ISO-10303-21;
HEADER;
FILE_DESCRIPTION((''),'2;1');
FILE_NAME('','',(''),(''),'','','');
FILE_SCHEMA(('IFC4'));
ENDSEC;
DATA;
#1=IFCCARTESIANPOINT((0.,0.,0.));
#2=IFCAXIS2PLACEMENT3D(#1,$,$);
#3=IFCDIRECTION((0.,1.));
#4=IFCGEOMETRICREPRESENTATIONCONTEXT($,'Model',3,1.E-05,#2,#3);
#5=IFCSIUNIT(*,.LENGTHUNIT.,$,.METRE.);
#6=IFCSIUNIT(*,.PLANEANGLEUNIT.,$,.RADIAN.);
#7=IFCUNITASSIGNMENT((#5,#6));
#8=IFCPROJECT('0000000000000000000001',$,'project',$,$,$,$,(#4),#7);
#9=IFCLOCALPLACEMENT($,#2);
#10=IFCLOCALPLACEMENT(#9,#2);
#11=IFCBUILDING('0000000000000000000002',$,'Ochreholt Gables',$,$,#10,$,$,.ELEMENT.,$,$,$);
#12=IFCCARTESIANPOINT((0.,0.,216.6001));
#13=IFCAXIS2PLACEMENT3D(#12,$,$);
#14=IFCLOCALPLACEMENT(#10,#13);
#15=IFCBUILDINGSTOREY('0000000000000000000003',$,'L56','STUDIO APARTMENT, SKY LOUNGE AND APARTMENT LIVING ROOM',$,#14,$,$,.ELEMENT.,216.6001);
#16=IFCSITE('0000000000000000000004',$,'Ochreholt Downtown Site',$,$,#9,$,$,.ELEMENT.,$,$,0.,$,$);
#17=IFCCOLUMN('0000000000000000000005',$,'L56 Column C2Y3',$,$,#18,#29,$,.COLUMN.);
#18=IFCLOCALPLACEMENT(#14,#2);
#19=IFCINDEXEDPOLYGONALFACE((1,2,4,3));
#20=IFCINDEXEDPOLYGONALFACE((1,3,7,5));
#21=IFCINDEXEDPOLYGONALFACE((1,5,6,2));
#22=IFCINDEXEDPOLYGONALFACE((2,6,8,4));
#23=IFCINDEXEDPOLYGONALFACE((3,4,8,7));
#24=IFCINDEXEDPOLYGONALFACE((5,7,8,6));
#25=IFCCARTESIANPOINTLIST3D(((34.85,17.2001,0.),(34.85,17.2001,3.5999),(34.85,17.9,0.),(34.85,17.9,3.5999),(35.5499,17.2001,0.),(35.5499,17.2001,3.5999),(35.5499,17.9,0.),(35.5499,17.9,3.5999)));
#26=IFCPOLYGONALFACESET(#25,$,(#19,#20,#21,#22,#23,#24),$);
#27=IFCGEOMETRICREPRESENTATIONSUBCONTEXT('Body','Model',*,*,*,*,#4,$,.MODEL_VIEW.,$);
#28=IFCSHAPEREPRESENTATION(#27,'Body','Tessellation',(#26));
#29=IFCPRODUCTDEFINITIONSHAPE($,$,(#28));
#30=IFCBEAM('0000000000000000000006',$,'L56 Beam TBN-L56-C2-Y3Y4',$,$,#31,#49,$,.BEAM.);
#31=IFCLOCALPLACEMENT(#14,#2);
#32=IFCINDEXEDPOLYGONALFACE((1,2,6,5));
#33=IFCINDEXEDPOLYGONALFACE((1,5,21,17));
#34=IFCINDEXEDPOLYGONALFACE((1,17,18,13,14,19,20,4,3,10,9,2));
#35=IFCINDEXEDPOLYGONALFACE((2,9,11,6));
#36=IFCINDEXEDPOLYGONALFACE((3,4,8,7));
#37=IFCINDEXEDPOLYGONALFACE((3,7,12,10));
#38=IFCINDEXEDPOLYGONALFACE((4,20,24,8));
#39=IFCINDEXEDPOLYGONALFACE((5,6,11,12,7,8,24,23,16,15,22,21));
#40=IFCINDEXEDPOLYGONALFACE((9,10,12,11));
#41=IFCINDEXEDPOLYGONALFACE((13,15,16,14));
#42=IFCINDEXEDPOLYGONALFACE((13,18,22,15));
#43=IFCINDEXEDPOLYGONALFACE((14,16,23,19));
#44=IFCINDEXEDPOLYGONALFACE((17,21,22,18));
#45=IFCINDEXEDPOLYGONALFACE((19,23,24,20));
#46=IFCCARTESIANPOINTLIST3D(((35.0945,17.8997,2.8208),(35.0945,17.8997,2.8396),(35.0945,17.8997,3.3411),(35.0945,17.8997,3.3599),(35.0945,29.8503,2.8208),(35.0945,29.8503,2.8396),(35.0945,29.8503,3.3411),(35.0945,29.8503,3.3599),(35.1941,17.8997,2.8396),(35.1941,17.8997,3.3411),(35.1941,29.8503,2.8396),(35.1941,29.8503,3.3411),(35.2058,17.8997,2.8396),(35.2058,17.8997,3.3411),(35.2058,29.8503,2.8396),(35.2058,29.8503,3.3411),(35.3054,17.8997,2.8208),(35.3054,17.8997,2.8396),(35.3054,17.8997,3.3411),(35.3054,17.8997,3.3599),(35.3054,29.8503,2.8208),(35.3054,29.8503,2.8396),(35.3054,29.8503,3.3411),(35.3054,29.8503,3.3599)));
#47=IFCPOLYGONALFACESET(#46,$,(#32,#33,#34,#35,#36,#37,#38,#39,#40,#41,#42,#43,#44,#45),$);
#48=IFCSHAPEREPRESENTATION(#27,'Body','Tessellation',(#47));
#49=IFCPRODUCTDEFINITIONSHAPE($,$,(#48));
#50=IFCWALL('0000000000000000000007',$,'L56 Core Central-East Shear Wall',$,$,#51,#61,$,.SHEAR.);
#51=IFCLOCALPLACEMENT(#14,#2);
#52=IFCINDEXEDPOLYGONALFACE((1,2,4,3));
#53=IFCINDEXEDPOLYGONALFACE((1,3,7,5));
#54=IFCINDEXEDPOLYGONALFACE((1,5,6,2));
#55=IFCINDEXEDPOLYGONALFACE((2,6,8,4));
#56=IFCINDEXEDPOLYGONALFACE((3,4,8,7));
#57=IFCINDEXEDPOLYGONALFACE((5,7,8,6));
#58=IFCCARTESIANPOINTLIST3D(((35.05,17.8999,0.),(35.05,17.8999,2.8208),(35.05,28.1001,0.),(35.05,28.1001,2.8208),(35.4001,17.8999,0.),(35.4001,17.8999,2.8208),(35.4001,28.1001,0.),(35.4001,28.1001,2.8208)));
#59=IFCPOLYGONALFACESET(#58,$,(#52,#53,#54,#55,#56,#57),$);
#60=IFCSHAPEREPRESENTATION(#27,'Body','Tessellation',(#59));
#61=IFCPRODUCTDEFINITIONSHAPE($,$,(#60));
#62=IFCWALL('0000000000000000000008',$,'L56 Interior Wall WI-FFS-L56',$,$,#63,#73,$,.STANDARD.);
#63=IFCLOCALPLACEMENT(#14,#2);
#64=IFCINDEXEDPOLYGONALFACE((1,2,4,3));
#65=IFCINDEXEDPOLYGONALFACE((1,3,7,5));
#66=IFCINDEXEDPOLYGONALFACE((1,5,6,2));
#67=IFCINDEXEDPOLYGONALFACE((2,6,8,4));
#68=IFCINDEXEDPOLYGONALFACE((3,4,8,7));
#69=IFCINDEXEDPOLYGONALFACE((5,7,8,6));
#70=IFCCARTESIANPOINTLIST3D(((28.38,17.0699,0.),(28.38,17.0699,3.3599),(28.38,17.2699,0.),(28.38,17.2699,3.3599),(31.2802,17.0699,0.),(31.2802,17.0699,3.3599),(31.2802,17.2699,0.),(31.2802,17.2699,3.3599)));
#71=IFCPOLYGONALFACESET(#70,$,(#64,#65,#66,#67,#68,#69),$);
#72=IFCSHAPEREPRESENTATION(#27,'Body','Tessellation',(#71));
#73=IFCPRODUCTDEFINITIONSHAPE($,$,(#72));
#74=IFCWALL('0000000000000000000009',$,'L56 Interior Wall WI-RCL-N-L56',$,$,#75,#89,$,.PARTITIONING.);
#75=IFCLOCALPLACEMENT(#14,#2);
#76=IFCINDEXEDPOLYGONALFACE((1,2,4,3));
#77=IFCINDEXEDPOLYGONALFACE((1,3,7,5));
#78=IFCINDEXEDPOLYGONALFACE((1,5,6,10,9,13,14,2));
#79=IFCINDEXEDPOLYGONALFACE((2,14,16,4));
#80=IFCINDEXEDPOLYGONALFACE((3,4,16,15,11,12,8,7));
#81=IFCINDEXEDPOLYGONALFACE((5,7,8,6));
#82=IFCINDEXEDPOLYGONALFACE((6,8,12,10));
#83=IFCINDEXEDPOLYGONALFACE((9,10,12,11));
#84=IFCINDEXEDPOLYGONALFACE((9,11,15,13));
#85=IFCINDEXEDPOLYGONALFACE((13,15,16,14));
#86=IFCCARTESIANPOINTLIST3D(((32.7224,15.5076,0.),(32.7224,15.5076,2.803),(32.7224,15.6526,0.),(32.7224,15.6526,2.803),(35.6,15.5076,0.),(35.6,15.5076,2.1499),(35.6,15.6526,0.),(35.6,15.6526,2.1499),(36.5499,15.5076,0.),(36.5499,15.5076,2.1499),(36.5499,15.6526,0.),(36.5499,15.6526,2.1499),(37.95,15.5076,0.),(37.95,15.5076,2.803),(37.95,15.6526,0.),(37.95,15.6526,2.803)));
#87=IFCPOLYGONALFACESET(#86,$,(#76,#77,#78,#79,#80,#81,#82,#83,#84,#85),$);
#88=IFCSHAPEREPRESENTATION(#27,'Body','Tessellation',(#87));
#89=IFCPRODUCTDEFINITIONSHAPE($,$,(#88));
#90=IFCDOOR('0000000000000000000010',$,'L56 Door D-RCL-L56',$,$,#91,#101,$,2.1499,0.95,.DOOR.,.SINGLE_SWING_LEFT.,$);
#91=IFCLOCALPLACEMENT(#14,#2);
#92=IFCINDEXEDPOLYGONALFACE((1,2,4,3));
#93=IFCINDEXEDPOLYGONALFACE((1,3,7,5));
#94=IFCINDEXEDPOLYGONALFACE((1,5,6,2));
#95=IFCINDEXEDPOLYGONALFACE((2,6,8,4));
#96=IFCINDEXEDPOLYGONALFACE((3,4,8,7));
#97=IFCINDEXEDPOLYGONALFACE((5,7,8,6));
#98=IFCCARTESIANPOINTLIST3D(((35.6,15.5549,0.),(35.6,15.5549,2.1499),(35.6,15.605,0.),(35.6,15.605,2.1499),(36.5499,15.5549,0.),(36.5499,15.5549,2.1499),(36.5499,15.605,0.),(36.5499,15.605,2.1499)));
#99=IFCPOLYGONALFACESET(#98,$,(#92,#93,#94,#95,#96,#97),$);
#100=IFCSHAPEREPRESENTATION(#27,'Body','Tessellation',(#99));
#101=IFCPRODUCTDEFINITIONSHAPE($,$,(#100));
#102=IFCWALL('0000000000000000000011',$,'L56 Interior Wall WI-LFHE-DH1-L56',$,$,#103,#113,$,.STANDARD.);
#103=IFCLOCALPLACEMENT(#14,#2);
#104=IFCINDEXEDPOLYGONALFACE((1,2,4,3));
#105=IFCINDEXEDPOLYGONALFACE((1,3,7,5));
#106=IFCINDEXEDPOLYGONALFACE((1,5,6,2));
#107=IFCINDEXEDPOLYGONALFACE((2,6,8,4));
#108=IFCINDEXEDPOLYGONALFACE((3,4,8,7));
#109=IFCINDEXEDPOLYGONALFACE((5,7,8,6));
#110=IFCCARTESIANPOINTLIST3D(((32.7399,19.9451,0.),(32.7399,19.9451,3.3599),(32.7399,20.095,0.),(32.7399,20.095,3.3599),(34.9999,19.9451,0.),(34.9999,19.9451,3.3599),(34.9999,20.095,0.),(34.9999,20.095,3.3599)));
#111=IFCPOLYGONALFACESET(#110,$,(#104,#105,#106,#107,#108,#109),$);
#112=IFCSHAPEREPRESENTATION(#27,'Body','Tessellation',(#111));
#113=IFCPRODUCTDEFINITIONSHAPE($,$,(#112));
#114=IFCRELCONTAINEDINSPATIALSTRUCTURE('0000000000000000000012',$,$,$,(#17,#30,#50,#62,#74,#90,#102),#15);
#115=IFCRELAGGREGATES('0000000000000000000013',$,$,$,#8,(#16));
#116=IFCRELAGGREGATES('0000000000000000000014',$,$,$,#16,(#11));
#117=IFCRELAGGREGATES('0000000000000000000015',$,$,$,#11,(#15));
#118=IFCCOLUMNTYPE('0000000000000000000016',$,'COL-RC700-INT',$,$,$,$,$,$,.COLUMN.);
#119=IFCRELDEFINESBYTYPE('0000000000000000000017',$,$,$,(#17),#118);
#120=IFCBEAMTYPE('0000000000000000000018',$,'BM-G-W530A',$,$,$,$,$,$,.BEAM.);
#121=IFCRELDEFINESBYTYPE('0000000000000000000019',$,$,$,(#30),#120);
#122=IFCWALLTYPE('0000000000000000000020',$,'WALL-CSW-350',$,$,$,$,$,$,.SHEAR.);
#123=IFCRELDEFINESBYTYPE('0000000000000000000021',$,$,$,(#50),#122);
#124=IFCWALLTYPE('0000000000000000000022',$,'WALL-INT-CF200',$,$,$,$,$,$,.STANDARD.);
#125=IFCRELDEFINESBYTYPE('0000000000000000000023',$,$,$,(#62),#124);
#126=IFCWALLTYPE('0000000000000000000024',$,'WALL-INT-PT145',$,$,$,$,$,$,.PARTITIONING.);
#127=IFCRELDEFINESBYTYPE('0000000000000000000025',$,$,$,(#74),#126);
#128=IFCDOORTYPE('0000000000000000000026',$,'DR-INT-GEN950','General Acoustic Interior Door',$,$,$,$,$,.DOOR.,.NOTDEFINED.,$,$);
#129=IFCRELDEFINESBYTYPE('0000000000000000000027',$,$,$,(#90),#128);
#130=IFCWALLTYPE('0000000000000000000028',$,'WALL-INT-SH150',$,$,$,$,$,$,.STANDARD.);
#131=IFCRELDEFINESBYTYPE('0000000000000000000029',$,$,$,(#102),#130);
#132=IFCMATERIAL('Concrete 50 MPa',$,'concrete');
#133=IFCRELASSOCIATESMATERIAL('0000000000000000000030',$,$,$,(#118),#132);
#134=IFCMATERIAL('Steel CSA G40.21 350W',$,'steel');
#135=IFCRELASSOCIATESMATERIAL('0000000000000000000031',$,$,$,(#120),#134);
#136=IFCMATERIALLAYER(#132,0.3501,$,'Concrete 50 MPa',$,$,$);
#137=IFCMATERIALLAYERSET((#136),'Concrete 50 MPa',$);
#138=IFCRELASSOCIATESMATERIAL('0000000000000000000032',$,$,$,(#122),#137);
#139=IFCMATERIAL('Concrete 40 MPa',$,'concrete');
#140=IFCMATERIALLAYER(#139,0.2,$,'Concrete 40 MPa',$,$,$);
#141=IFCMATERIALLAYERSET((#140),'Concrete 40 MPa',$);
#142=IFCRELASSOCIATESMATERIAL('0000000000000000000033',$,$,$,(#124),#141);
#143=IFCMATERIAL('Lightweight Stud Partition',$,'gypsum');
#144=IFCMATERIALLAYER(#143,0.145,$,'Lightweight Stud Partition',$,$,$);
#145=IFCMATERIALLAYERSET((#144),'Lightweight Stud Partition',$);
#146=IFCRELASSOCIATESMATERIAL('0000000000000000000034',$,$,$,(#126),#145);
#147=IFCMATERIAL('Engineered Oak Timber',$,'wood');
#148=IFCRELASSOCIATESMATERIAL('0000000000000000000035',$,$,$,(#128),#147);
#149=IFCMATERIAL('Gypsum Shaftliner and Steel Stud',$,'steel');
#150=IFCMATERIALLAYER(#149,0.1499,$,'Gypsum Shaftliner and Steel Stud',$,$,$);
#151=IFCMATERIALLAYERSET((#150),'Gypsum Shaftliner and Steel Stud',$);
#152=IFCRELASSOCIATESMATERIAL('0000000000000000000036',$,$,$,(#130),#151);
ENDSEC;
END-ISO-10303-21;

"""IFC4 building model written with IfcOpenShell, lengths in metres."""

from ifc_helpers import new_model, si_unit, direction, frame, frame_2d, origin, origin_2d, place, context, subcontext, project, spatial, rectangle, i_section, extrude, material, layer, layer_set, material_profile, profile_set, type_object, element, fill, save


model = new_model("IFC4")

# Units and contexts
model_context = context("Model", 3, precision=1e-05, world=origin(), true_north=direction((0.0, 1.0)))
body_context = subcontext(model_context, "Body", "Model", "MODEL_VIEW")
ifc_project = project(units=[si_unit("LENGTHUNIT", "METRE"), si_unit("PLANEANGLEUNIT", "RADIAN")], contexts=[model_context])

# Site, building, storey
site_placement = place(None, origin())
site = spatial("IfcSite", under=ifc_project, at=site_placement, Name="Ochreholt Downtown Site", CompositionType="ELEMENT", RefElevation=0.0)
building_placement = place(site_placement, origin())
building = spatial("IfcBuilding", under=site, at=building_placement, Name="Ochreholt Gables", CompositionType="ELEMENT")
storey_placement = place(building_placement, frame((0.0, 0.0, 216.6001)))
storey = spatial("IfcBuildingStorey", under=building, at=storey_placement, Name="L56", Description="STUDIO APARTMENT, SKY LOUNGE AND APARTMENT LIVING ROOM", CompositionType="ELEMENT", Elevation=216.6001)

# Column
ifc_material_1 = material(Name="Concrete 50 MPa", Category="concrete")
ifc_material_profile_1 = material_profile(ifc_material_1, rectangle(XDim=0.7, YDim=0.7, at=origin_2d()), Name="RC700X700")
ifc_profile_set_1 = profile_set([ifc_material_profile_1], Name="Concrete 50 MPa")
column_type = type_object("IfcColumnType", Name="COL-RC700-INT", PredefinedType="COLUMN", material=ifc_profile_set_1)
column_placement = place(storey_placement, frame((35.2, 17.55, 0.0), z_axis=(0.0, 0.0, 1.0), x_axis=(1.0, 0.0, 0.0)))
element("IfcColumn", 1, at=column_placement, inside=storey, type_object=column_type, Name="L56 Column C2Y3", PredefinedType="COLUMN", context=body_context, shape_type="SweptSolid", body=[
    extrude(rectangle(XDim=0.7, YDim=0.7, at=origin_2d()), origin(), (0.0, 0.0, 1.0), 3.5999),
])

# Beam
ifc_material_2 = material(Name="Steel CSA G40.21 350W", Category="steel")
ifc_material_profile_2 = material_profile(ifc_material_2, i_section(OverallWidth=0.2109, OverallDepth=0.5391, WebThickness=0.0117, FlangeThickness=0.0188, at=origin_2d()), Name="W530X109")
ifc_profile_set_2 = profile_set([ifc_material_profile_2], Name="Steel CSA G40.21 350W")
beam_type = type_object("IfcBeamType", Name="BM-G-W530A", PredefinedType="BEAM", material=ifc_profile_set_2)
beam_placement = place(storey_placement, frame((35.2, 17.8997, 3.0903), z_axis=(0.0, 1.0, 0.0), x_axis=(-1.0, 0.0, 0.0)))
element("IfcBeam", 2, at=beam_placement, inside=storey, type_object=beam_type, Name="L56 Beam TBN-L56-C2-Y3Y4", PredefinedType="BEAM", context=body_context, shape_type="SweptSolid", body=[
    extrude(i_section(OverallWidth=0.2109, OverallDepth=0.5391, WebThickness=0.0117, FlangeThickness=0.0188, at=origin_2d()), origin(), (0.0, 0.0, 1.0), 11.9507),
])

# Walls
ifc_layer_1 = layer(ifc_material_1, 0.3501, Name="Concrete 50 MPa")
ifc_layer_set_1 = layer_set([ifc_layer_1], Name="Concrete 50 MPa")
wall_type_1 = type_object("IfcWallType", Name="WALL-CSW-350", PredefinedType="SHEAR", material=ifc_layer_set_1)
wall_1_placement = place(storey_placement, frame((35.2251, 17.8999, 0.0), z_axis=(0.0, 0.0, 1.0), x_axis=(0.0, 1.0, 0.0)))
element("IfcWall", 3, at=wall_1_placement, inside=storey, type_object=wall_type_1, Name="L56 Core Central-East Shear Wall", PredefinedType="SHEAR", context=body_context, shape_type="SweptSolid", body=[
    extrude(rectangle(XDim=10.2002, YDim=0.3501, at=frame_2d((5.1001, 0.0))), origin(), (0.0, 0.0, 1.0), 2.8208),
])
ifc_material_3 = material(Name="Concrete 40 MPa", Category="concrete")
ifc_layer_2 = layer(ifc_material_3, 0.2, Name="Concrete 40 MPa")
ifc_layer_set_2 = layer_set([ifc_layer_2], Name="Concrete 40 MPa")
wall_type_2 = type_object("IfcWallType", Name="WALL-INT-CF200", PredefinedType="STANDARD", material=ifc_layer_set_2)
wall_2_placement = place(storey_placement, frame((28.3799, 17.1699, 0.0), z_axis=(0.0, 0.0, 1.0), x_axis=(1.0, 0.0, 0.0)))
element("IfcWall", 4, at=wall_2_placement, inside=storey, type_object=wall_type_2, Name="L56 Interior Wall WI-FFS-L56", PredefinedType="STANDARD", context=body_context, shape_type="SweptSolid", body=[
    extrude(rectangle(XDim=2.9001, YDim=0.2, at=frame_2d((1.4502, 0.0))), origin(), (0.0, 0.0, 1.0), 3.3599),
])

# Wall, opening, door
ifc_material_4 = material(Name="Lightweight Stud Partition", Category="gypsum")
ifc_layer_3 = layer(ifc_material_4, 0.145, Name="Lightweight Stud Partition")
ifc_layer_set_3 = layer_set([ifc_layer_3], Name="Lightweight Stud Partition")
wall_type_3 = type_object("IfcWallType", Name="WALL-INT-PT145", PredefinedType="PARTITIONING", material=ifc_layer_set_3)
wall_3_placement = place(storey_placement, frame((32.7224, 15.5801, 0.0), z_axis=(0.0, 0.0, 1.0), x_axis=(1.0, 0.0, 0.0)))
wall_3 = element("IfcWall", 5, at=wall_3_placement, inside=storey, type_object=wall_type_3, Name="L56 Interior Wall WI-RCL-N-L56", PredefinedType="PARTITIONING", context=body_context, shape_type="SweptSolid", body=[
    extrude(rectangle(XDim=5.2275, YDim=0.145, at=frame_2d((2.6138, 0.0))), origin(), (0.0, 0.0, 1.0), 2.803),
])
opening_1_placement = place(wall_3_placement, frame((2.8774, 0.0, 0.0)))
opening_1 = element("IfcOpeningElement", 6, at=opening_1_placement, cuts=wall_3, PredefinedType="OPENING", context=body_context, shape_type="SweptSolid", body=[
    extrude(rectangle(XDim=0.95, YDim=2.1499, at=frame_2d((0.4751, 1.075))), frame((0.0, 0.0825, 0.0), z_axis=(0.0, -1.0, 0.0), x_axis=(1.0, 0.0, 0.0)), (0.0, 0.0, 1.0), 0.165),
])
ifc_material_5 = material(Name="Engineered Oak Timber", Category="wood")
door_type_1 = type_object("IfcDoorType", Name="DR-INT-GEN950", Description="General Acoustic Interior Door", OperationType="NOTDEFINED", PredefinedType="DOOR", material=ifc_material_5)
door_1_placement = place(opening_1_placement, origin())
door_1 = element("IfcDoor", 7, at=door_1_placement, inside=storey, type_object=door_type_1, Name="L56 Door D-RCL-L56", OperationType="SINGLE_SWING_LEFT", OverallHeight=2.1499, OverallWidth=0.95, PredefinedType="DOOR", context=body_context, shape_type="SweptSolid", body=[
    extrude(rectangle(XDim=0.95, YDim=2.1499, at=frame_2d((0.4751, 1.075))), frame((0.0, 0.0249, 0.0), z_axis=(0.0, -1.0, 0.0), x_axis=(1.0, 0.0, 0.0)), (0.0, 0.0, 1.0), 0.05),
])
fill(opening_1, door_1)

# Wall
ifc_material_6 = material(Name="Gypsum Shaftliner and Steel Stud", Category="steel")
ifc_layer_4 = layer(ifc_material_6, 0.1499, Name="Gypsum Shaftliner and Steel Stud")
ifc_layer_set_4 = layer_set([ifc_layer_4], Name="Gypsum Shaftliner and Steel Stud")
wall_type_4 = type_object("IfcWallType", Name="WALL-INT-SH150", PredefinedType="STANDARD", material=ifc_layer_set_4)
wall_4_placement = place(storey_placement, frame((32.74, 20.02, 0.0), z_axis=(0.0, 0.0, 1.0), x_axis=(1.0, 0.0, 0.0)))
element("IfcWall", 8, at=wall_4_placement, inside=storey, type_object=wall_type_4, Name="L56 Interior Wall WI-LFHE-DH1-L56", PredefinedType="STANDARD", context=body_context, shape_type="SweptSolid", body=[
    extrude(rectangle(XDim=2.26, YDim=0.1499, at=frame_2d((1.1299, 0.0))), origin(), (0.0, 0.0, 1.0), 3.3599),
])

save(model, "model.ifc")
